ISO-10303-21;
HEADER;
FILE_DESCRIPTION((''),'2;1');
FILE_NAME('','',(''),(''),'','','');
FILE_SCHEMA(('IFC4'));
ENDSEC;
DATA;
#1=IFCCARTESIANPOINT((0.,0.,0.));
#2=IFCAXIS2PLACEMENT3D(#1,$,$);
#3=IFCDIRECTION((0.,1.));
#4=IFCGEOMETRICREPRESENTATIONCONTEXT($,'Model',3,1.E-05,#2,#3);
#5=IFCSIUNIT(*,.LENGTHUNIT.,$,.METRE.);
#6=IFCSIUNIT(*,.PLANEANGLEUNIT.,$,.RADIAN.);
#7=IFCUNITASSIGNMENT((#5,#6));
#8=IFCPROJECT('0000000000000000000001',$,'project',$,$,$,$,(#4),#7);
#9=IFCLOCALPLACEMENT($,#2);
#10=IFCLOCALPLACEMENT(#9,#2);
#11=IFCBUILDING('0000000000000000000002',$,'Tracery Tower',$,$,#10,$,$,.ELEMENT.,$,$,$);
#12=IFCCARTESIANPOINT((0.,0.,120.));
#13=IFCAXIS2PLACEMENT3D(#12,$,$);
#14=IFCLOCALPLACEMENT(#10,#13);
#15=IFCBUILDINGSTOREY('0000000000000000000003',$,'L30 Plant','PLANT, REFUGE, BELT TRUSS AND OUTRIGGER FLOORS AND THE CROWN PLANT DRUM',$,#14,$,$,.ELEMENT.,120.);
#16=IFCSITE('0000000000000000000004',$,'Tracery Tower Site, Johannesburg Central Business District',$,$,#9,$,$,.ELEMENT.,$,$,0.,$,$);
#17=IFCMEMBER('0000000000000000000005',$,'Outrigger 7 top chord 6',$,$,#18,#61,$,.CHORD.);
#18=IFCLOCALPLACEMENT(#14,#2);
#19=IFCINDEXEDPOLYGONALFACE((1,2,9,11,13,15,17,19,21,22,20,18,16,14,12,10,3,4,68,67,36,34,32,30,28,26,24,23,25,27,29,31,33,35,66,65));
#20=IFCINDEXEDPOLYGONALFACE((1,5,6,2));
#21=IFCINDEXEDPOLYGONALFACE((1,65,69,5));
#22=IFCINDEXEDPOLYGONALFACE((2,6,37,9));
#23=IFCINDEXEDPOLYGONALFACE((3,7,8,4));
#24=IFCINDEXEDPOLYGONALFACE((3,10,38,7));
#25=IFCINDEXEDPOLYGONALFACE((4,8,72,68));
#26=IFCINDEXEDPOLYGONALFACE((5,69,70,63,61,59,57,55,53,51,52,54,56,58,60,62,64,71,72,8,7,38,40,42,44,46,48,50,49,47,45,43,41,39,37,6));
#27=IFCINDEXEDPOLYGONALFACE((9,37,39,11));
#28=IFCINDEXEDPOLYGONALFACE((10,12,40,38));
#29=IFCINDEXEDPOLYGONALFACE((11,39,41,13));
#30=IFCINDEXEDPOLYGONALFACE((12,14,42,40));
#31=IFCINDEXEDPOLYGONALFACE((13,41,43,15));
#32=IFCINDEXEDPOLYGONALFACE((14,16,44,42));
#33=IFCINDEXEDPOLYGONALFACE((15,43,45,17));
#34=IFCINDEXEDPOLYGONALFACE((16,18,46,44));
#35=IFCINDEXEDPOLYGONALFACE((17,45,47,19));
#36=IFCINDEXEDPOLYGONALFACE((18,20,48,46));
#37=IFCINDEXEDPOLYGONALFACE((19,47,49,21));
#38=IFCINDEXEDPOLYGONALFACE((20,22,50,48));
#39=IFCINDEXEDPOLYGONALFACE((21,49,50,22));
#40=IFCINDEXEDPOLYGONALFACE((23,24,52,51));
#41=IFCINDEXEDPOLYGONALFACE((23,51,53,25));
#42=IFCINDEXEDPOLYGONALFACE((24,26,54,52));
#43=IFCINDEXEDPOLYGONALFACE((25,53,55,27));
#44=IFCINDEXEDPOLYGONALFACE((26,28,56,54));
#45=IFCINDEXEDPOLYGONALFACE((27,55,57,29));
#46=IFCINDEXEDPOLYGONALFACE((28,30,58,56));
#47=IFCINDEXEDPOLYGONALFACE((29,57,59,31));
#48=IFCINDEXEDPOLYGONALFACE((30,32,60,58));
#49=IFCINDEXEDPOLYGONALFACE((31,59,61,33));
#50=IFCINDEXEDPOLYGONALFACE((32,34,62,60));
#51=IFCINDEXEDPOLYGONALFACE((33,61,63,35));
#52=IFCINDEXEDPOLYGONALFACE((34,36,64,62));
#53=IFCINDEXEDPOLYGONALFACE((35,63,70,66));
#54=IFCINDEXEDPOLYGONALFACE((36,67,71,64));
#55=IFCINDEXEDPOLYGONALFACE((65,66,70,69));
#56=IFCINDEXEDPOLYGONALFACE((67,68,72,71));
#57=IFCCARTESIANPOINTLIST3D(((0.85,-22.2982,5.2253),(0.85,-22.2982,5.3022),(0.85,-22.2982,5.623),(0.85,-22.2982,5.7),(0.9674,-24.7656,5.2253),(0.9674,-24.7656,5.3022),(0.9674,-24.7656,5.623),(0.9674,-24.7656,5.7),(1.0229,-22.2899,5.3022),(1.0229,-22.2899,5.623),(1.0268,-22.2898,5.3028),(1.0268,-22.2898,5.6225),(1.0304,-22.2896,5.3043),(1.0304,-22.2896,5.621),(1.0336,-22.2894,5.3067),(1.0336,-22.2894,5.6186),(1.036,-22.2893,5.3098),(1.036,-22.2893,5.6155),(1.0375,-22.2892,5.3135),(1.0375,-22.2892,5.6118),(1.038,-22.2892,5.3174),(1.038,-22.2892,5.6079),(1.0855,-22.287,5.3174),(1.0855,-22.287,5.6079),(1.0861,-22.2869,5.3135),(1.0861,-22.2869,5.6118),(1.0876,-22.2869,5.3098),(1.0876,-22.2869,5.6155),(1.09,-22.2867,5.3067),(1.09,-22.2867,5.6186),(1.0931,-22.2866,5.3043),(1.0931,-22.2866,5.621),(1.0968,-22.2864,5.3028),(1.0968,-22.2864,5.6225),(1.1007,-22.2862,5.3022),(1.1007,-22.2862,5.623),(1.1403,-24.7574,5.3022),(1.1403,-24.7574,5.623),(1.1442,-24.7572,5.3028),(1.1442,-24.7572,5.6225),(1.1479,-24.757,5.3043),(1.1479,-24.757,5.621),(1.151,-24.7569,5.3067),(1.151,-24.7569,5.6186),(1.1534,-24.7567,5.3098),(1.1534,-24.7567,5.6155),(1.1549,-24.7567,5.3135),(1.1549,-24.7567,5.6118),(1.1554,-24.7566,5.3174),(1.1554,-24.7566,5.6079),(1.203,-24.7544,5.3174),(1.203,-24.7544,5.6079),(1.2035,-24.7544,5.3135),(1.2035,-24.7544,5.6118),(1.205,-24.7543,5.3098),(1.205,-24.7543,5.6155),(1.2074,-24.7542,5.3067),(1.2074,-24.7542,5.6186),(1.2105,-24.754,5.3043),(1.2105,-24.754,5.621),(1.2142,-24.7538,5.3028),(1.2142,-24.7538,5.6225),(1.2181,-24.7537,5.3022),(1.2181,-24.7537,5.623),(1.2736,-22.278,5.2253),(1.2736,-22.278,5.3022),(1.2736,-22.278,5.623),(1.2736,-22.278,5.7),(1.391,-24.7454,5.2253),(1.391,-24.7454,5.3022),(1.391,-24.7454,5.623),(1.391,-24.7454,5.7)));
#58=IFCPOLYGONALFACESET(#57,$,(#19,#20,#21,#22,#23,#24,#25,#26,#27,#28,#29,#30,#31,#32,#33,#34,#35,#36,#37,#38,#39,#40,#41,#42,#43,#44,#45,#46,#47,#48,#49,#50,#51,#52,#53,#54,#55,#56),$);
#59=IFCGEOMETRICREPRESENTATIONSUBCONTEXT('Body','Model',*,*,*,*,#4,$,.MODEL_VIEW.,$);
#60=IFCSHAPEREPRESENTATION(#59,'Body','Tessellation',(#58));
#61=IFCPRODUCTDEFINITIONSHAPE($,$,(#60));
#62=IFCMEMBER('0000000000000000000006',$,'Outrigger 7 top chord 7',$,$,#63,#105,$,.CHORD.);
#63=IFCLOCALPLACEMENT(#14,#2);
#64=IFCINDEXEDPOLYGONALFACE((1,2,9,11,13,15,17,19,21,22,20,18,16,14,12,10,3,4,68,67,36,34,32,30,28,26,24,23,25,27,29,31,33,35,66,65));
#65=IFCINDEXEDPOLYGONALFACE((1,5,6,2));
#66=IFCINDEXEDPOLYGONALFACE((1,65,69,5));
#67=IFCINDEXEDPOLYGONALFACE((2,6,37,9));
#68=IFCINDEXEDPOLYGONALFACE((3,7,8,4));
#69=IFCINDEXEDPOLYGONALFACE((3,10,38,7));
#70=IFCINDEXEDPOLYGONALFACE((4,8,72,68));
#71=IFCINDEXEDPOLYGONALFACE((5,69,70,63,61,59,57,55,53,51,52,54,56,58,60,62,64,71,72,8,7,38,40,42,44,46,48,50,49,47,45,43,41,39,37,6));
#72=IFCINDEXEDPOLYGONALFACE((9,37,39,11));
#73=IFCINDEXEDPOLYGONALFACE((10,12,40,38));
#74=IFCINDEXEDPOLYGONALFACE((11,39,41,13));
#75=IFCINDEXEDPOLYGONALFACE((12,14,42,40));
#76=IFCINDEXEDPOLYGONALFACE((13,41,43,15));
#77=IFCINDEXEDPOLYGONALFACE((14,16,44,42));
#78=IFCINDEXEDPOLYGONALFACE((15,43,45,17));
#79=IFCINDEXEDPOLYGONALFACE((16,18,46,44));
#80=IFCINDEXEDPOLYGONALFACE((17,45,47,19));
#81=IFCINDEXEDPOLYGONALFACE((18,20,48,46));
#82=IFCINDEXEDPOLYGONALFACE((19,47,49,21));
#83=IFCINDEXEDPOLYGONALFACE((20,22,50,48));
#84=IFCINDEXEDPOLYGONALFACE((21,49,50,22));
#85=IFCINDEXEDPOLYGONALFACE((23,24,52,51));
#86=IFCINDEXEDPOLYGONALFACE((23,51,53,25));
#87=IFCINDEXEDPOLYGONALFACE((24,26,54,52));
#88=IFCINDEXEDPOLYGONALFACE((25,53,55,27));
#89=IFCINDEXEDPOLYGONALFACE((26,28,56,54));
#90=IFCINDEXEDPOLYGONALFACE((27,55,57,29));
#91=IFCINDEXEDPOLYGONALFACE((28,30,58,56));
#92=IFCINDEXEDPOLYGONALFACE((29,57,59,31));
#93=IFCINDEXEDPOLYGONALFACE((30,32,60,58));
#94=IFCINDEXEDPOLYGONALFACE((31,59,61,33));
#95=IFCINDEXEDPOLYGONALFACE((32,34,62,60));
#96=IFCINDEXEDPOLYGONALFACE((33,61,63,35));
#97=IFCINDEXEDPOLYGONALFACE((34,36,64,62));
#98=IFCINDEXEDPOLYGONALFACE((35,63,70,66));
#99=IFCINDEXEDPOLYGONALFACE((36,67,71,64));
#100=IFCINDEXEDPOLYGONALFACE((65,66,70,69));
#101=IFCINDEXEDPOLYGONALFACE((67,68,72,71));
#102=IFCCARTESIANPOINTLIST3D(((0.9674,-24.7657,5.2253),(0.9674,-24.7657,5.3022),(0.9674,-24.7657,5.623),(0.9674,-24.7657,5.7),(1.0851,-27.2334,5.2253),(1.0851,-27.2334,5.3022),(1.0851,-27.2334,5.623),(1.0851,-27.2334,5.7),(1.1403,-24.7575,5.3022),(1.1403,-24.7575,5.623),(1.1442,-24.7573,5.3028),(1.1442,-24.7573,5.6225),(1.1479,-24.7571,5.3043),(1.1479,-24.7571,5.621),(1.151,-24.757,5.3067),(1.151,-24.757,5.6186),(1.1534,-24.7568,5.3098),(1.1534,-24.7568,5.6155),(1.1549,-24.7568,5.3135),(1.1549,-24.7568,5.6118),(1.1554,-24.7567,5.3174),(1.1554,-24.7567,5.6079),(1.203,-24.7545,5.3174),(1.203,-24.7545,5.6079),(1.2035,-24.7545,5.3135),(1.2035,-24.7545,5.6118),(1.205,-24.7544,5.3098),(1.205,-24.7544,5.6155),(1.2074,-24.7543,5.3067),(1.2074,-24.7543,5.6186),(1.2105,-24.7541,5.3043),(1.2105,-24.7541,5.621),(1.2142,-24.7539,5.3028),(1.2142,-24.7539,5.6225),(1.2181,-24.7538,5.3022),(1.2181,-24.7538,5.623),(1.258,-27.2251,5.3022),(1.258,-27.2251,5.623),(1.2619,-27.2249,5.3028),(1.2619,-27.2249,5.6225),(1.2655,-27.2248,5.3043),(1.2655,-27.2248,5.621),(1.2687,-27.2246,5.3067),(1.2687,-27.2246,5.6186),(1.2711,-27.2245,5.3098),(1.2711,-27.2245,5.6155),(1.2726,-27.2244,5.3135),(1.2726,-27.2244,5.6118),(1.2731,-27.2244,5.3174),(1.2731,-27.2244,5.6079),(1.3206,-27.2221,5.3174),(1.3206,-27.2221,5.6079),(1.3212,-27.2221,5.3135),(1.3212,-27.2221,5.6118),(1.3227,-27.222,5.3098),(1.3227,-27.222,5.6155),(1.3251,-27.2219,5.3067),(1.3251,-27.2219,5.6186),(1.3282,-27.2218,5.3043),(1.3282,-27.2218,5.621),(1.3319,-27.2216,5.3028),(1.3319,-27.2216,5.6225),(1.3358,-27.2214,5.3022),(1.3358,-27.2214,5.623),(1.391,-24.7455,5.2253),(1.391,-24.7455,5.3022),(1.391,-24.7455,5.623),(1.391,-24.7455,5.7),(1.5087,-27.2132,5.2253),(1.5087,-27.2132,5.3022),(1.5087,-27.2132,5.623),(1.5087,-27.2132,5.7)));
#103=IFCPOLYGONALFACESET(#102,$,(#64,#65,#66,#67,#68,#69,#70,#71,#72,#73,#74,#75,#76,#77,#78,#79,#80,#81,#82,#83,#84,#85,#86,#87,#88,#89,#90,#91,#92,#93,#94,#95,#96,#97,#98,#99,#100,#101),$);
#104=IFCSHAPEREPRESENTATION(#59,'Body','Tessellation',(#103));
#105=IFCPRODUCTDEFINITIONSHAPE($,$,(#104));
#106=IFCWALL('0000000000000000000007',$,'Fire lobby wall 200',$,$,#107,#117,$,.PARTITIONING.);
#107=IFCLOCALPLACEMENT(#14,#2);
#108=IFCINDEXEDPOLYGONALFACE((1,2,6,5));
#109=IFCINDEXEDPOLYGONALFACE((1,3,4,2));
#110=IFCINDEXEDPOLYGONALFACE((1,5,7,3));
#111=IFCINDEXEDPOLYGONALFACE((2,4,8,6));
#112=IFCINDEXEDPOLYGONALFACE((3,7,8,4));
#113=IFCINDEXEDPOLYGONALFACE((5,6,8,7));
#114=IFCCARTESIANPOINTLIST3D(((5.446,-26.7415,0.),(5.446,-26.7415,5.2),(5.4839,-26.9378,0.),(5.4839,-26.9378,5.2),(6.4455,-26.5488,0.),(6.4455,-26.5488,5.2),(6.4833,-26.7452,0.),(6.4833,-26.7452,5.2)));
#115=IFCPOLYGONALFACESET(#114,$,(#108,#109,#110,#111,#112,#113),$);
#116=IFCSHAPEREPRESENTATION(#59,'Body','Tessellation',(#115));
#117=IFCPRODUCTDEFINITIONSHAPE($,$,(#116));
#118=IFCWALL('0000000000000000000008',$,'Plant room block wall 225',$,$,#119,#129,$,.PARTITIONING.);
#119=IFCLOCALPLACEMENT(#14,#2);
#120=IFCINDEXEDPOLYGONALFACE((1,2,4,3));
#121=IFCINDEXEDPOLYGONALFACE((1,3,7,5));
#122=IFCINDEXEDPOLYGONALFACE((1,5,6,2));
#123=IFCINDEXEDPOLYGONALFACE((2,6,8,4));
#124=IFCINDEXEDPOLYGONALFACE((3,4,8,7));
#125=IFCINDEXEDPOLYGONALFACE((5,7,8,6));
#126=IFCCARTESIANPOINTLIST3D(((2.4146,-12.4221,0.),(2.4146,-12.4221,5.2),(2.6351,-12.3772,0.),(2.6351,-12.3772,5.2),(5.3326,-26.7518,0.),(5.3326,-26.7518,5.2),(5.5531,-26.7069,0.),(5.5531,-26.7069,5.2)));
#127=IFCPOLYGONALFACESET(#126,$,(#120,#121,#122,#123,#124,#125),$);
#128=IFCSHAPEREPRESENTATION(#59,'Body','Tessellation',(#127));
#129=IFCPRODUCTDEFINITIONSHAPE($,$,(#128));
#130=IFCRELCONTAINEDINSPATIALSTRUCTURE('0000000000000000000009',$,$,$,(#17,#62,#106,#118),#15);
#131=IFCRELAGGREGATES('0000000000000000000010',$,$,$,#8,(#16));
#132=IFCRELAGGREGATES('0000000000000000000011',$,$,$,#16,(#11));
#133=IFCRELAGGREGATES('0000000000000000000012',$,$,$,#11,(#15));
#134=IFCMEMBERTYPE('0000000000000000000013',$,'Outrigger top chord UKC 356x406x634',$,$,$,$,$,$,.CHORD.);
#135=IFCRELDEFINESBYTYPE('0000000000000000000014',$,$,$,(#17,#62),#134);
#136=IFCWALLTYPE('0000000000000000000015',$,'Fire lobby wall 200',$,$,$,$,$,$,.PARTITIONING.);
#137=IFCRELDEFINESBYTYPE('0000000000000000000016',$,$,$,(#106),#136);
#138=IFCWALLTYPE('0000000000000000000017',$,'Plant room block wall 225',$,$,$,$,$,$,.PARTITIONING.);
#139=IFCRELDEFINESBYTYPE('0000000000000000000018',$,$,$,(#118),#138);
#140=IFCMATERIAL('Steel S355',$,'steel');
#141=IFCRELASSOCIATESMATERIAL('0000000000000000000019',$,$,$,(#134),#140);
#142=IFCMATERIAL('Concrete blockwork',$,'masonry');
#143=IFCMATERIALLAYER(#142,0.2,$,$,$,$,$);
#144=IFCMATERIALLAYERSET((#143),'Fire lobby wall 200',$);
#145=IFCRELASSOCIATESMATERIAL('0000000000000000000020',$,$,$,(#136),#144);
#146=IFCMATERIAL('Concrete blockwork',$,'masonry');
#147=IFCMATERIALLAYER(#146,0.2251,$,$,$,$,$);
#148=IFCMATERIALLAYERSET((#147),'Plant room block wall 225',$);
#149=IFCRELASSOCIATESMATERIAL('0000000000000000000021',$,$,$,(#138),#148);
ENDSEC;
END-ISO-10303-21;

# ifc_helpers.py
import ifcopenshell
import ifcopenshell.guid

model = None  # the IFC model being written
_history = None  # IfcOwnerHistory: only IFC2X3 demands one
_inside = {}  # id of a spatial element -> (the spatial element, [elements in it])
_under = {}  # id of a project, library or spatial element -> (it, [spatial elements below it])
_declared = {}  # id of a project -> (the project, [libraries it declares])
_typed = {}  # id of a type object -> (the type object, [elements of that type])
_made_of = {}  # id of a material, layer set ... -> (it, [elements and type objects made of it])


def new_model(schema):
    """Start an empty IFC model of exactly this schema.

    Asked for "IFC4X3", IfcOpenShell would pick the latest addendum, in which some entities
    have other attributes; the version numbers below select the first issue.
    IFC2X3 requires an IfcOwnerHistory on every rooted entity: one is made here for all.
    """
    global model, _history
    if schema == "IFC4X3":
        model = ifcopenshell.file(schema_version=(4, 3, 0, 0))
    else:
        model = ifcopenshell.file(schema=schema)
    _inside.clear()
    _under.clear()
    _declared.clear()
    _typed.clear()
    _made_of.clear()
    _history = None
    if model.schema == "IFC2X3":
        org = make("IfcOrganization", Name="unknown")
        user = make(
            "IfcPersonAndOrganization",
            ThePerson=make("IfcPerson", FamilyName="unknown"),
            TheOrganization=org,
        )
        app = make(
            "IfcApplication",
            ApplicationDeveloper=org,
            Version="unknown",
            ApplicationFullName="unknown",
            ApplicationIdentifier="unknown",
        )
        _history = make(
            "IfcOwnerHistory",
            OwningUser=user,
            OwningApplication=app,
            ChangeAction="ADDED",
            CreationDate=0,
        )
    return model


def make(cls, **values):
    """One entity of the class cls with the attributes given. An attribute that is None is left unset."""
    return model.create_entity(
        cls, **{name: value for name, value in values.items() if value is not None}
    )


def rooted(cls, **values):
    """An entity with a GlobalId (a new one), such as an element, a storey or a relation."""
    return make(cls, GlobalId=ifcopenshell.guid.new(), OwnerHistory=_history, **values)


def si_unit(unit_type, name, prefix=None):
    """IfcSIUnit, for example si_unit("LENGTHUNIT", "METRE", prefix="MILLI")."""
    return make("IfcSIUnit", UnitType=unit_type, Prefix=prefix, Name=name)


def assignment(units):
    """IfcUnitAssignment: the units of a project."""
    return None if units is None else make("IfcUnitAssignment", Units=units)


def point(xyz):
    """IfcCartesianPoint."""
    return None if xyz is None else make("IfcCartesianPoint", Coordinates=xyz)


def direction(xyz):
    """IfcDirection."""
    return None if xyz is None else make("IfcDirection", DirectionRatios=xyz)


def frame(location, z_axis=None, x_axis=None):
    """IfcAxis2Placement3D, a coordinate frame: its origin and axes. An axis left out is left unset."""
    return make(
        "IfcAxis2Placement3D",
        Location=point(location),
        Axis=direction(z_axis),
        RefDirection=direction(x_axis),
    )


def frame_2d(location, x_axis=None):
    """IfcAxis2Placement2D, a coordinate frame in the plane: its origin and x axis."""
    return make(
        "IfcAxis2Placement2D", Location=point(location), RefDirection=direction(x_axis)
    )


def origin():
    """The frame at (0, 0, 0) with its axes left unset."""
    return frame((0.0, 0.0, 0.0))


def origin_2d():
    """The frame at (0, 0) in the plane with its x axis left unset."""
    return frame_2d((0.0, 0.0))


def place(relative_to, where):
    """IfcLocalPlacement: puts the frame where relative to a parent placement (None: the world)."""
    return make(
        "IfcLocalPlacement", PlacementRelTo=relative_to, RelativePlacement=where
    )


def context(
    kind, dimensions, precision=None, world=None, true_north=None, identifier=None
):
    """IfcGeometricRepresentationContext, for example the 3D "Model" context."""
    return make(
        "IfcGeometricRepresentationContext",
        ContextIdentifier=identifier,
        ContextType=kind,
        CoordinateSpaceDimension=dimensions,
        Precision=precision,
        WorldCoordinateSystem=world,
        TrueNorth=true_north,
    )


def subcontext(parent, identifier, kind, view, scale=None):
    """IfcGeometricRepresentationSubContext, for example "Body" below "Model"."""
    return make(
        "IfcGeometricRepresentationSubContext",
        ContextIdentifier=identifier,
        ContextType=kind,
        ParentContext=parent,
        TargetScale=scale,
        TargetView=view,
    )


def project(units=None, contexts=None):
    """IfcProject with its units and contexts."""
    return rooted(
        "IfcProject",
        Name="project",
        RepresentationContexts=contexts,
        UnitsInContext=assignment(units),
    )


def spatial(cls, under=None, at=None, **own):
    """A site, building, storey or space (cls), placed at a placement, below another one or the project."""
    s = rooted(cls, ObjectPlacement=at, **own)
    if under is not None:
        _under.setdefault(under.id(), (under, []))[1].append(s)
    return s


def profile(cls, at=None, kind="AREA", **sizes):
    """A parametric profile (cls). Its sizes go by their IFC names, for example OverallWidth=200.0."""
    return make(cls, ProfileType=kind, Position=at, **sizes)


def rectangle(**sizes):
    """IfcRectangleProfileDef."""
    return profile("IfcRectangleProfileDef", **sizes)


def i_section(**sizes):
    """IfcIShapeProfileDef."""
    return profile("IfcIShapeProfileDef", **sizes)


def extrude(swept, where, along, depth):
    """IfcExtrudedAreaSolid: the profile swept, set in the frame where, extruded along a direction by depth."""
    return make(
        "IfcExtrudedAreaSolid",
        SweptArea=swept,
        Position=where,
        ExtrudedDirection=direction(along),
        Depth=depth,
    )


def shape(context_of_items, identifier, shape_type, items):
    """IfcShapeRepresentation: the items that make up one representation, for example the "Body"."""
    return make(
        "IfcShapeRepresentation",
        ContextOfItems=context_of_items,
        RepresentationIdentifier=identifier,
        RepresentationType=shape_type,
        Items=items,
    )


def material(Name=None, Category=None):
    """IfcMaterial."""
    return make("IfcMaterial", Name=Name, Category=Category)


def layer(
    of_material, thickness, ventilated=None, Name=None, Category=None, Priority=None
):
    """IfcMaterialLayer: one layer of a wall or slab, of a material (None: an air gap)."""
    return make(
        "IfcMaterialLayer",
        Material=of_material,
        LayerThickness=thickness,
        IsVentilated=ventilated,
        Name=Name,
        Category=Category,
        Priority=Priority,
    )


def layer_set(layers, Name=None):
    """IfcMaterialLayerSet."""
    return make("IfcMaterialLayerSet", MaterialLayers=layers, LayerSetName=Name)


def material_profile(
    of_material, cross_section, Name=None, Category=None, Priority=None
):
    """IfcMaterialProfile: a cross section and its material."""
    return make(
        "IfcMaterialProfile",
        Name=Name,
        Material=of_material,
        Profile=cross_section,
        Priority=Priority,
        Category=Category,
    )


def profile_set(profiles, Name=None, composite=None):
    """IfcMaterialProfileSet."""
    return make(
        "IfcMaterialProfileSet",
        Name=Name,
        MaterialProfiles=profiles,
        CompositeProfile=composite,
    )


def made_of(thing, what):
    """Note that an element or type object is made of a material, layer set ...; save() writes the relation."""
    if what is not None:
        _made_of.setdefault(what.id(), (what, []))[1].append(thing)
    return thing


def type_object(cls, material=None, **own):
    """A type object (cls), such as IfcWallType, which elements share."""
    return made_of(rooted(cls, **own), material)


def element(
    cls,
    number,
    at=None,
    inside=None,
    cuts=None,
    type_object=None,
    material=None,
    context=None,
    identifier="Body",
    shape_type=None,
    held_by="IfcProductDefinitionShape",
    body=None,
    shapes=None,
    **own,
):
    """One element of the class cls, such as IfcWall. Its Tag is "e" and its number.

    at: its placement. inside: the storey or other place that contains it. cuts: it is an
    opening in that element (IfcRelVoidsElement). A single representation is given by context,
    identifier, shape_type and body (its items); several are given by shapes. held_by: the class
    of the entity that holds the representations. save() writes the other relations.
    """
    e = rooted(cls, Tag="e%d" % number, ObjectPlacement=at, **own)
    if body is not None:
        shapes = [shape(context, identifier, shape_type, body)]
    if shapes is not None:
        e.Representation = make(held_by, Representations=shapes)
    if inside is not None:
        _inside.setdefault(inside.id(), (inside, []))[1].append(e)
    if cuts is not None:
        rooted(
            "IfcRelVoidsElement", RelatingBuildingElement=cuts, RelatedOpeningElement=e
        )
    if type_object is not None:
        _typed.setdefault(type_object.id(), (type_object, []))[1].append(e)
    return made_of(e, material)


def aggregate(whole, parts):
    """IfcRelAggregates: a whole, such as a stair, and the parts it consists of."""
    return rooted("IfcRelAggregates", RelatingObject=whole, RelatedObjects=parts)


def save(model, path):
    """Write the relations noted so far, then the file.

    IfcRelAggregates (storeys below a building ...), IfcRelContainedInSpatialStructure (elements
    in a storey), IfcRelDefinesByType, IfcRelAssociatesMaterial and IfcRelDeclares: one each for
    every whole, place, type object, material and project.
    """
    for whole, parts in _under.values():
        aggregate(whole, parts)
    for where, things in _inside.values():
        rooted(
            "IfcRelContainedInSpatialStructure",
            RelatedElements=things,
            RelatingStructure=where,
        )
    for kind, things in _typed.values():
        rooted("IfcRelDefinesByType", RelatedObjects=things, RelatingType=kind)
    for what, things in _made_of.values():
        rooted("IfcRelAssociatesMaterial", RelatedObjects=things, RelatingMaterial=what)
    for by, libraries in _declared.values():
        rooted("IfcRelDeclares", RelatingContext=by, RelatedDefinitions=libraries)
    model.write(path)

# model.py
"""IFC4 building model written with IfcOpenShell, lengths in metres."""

from ifc_helpers import new_model, si_unit, direction, frame, frame_2d, origin, origin_2d, place, context, subcontext, project, spatial, rectangle, i_section, extrude, material, layer, layer_set, material_profile, profile_set, type_object, element, save


model = new_model("IFC4")

# Units and contexts
model_context = context("Model", 3, precision=1e-05, world=origin(), true_north=direction((0.0, 1.0)))
body_context = subcontext(model_context, "Body", "Model", "MODEL_VIEW")
ifc_project = project(units=[si_unit("LENGTHUNIT", "METRE"), si_unit("PLANEANGLEUNIT", "RADIAN")], contexts=[model_context])

# Site, building, storey
site_placement = place(None, origin())
site = spatial("IfcSite", under=ifc_project, at=site_placement, Name="Tracery Tower Site, Johannesburg Central Business District", CompositionType="ELEMENT", RefElevation=0.0)
building_placement = place(site_placement, origin())
building = spatial("IfcBuilding", under=site, at=building_placement, Name="Tracery Tower", CompositionType="ELEMENT")
storey_placement = place(building_placement, frame((0.0, 0.0, 120.0)))
storey = spatial("IfcBuildingStorey", under=building, at=storey_placement, Name="L30 Plant", Description="PLANT, REFUGE, BELT TRUSS AND OUTRIGGER FLOORS AND THE CROWN PLANT DRUM", CompositionType="ELEMENT", Elevation=120.0)

# Members
ifc_material_1 = material(Name="Steel S355", Category="steel")
ifc_material_profile_1 = material_profile(ifc_material_1, i_section(OverallWidth=0.4241, OverallDepth=0.4746, WebThickness=0.0476, FlangeThickness=0.0769, FilletRadius=0.0151, at=origin_2d()), Name="UKC 356x406x634")
ifc_profile_set_1 = profile_set([ifc_material_profile_1], Name="Steel S355")
member_type_1 = type_object("IfcMemberType", Name="Outrigger top chord UKC 356x406x634", PredefinedType="CHORD", material=ifc_profile_set_1)
member_1_placement = place(storey_placement, frame((1.0618, -22.2881, 5.4626), z_axis=(0.047537, -0.998869, 0.0), x_axis=(0.998869, 0.047537, 0.0)))
element("IfcMember", 1, at=member_1_placement, inside=storey, type_object=member_type_1, Name="Outrigger 7 top chord 6", PredefinedType="CHORD", context=body_context, shape_type="SweptSolid", body=[
    extrude(i_section(OverallWidth=0.4241, OverallDepth=0.4746, WebThickness=0.0476, FlangeThickness=0.0769, FilletRadius=0.0151, at=origin_2d()), origin(), (0.0, 0.0, 1.0), 2.4702),
])
member_2_placement = place(storey_placement, frame((1.1792, -24.7556, 5.4626), z_axis=(0.047631, -0.998865, 0.0), x_axis=(0.998865, 0.047631, 0.0)))
element("IfcMember", 2, at=member_2_placement, inside=storey, type_object=member_type_1, Name="Outrigger 7 top chord 7", PredefinedType="CHORD", context=body_context, shape_type="SweptSolid", body=[
    extrude(i_section(OverallWidth=0.4241, OverallDepth=0.4746, WebThickness=0.0476, FlangeThickness=0.0769, FilletRadius=0.0151, at=origin_2d()), origin(), (0.0, 0.0, 1.0), 2.4705),
])

# Wall
ifc_material_2 = material(Name="Concrete blockwork", Category="masonry")
ifc_layer_1 = layer(ifc_material_2, 0.2)
ifc_layer_set_1 = layer_set([ifc_layer_1], Name="Fire lobby wall 200")
wall_type_1 = type_object("IfcWallType", Name="Fire lobby wall 200", PredefinedType="PARTITIONING", material=ifc_layer_set_1)
wall_1_placement = place(storey_placement, frame((5.4651, -26.8396, 0.0), z_axis=(0.0, 0.0, 1.0), x_axis=(0.981931, 0.189239, 0.0)))
element("IfcWall", 3, at=wall_1_placement, inside=storey, type_object=wall_type_1, Name="Fire lobby wall 200", PredefinedType="PARTITIONING", context=body_context, shape_type="SweptSolid", body=[
    extrude(rectangle(XDim=1.0178, YDim=0.2, at=frame_2d((0.5088, 0.0))), origin(), (0.0, 0.0, 1.0), 5.2),
])

# Wall
ifc_material_3 = material(Name="Concrete blockwork", Category="masonry")
ifc_layer_2 = layer(ifc_material_3, 0.2251)
ifc_layer_set_2 = layer_set([ifc_layer_2], Name="Plant room block wall 225")
wall_type_2 = type_object("IfcWallType", Name="Plant room block wall 225", PredefinedType="PARTITIONING", material=ifc_layer_set_2)
wall_2_placement = place(storey_placement, frame((5.4429, -26.7295, 0.0), z_axis=(0.0, 0.0, 1.0), x_axis=(-0.199537, 0.97989, 0.0)))
element("IfcWall", 4, at=wall_2_placement, inside=storey, type_object=wall_type_2, Name="Plant room block wall 225", PredefinedType="PARTITIONING", context=body_context, shape_type="SweptSolid", body=[
    extrude(rectangle(XDim=14.6238, YDim=0.2251, at=frame_2d((7.312, 0.0))), origin(), (0.0, 0.0, 1.0), 5.2),
])

save(model, "model.ifc")
